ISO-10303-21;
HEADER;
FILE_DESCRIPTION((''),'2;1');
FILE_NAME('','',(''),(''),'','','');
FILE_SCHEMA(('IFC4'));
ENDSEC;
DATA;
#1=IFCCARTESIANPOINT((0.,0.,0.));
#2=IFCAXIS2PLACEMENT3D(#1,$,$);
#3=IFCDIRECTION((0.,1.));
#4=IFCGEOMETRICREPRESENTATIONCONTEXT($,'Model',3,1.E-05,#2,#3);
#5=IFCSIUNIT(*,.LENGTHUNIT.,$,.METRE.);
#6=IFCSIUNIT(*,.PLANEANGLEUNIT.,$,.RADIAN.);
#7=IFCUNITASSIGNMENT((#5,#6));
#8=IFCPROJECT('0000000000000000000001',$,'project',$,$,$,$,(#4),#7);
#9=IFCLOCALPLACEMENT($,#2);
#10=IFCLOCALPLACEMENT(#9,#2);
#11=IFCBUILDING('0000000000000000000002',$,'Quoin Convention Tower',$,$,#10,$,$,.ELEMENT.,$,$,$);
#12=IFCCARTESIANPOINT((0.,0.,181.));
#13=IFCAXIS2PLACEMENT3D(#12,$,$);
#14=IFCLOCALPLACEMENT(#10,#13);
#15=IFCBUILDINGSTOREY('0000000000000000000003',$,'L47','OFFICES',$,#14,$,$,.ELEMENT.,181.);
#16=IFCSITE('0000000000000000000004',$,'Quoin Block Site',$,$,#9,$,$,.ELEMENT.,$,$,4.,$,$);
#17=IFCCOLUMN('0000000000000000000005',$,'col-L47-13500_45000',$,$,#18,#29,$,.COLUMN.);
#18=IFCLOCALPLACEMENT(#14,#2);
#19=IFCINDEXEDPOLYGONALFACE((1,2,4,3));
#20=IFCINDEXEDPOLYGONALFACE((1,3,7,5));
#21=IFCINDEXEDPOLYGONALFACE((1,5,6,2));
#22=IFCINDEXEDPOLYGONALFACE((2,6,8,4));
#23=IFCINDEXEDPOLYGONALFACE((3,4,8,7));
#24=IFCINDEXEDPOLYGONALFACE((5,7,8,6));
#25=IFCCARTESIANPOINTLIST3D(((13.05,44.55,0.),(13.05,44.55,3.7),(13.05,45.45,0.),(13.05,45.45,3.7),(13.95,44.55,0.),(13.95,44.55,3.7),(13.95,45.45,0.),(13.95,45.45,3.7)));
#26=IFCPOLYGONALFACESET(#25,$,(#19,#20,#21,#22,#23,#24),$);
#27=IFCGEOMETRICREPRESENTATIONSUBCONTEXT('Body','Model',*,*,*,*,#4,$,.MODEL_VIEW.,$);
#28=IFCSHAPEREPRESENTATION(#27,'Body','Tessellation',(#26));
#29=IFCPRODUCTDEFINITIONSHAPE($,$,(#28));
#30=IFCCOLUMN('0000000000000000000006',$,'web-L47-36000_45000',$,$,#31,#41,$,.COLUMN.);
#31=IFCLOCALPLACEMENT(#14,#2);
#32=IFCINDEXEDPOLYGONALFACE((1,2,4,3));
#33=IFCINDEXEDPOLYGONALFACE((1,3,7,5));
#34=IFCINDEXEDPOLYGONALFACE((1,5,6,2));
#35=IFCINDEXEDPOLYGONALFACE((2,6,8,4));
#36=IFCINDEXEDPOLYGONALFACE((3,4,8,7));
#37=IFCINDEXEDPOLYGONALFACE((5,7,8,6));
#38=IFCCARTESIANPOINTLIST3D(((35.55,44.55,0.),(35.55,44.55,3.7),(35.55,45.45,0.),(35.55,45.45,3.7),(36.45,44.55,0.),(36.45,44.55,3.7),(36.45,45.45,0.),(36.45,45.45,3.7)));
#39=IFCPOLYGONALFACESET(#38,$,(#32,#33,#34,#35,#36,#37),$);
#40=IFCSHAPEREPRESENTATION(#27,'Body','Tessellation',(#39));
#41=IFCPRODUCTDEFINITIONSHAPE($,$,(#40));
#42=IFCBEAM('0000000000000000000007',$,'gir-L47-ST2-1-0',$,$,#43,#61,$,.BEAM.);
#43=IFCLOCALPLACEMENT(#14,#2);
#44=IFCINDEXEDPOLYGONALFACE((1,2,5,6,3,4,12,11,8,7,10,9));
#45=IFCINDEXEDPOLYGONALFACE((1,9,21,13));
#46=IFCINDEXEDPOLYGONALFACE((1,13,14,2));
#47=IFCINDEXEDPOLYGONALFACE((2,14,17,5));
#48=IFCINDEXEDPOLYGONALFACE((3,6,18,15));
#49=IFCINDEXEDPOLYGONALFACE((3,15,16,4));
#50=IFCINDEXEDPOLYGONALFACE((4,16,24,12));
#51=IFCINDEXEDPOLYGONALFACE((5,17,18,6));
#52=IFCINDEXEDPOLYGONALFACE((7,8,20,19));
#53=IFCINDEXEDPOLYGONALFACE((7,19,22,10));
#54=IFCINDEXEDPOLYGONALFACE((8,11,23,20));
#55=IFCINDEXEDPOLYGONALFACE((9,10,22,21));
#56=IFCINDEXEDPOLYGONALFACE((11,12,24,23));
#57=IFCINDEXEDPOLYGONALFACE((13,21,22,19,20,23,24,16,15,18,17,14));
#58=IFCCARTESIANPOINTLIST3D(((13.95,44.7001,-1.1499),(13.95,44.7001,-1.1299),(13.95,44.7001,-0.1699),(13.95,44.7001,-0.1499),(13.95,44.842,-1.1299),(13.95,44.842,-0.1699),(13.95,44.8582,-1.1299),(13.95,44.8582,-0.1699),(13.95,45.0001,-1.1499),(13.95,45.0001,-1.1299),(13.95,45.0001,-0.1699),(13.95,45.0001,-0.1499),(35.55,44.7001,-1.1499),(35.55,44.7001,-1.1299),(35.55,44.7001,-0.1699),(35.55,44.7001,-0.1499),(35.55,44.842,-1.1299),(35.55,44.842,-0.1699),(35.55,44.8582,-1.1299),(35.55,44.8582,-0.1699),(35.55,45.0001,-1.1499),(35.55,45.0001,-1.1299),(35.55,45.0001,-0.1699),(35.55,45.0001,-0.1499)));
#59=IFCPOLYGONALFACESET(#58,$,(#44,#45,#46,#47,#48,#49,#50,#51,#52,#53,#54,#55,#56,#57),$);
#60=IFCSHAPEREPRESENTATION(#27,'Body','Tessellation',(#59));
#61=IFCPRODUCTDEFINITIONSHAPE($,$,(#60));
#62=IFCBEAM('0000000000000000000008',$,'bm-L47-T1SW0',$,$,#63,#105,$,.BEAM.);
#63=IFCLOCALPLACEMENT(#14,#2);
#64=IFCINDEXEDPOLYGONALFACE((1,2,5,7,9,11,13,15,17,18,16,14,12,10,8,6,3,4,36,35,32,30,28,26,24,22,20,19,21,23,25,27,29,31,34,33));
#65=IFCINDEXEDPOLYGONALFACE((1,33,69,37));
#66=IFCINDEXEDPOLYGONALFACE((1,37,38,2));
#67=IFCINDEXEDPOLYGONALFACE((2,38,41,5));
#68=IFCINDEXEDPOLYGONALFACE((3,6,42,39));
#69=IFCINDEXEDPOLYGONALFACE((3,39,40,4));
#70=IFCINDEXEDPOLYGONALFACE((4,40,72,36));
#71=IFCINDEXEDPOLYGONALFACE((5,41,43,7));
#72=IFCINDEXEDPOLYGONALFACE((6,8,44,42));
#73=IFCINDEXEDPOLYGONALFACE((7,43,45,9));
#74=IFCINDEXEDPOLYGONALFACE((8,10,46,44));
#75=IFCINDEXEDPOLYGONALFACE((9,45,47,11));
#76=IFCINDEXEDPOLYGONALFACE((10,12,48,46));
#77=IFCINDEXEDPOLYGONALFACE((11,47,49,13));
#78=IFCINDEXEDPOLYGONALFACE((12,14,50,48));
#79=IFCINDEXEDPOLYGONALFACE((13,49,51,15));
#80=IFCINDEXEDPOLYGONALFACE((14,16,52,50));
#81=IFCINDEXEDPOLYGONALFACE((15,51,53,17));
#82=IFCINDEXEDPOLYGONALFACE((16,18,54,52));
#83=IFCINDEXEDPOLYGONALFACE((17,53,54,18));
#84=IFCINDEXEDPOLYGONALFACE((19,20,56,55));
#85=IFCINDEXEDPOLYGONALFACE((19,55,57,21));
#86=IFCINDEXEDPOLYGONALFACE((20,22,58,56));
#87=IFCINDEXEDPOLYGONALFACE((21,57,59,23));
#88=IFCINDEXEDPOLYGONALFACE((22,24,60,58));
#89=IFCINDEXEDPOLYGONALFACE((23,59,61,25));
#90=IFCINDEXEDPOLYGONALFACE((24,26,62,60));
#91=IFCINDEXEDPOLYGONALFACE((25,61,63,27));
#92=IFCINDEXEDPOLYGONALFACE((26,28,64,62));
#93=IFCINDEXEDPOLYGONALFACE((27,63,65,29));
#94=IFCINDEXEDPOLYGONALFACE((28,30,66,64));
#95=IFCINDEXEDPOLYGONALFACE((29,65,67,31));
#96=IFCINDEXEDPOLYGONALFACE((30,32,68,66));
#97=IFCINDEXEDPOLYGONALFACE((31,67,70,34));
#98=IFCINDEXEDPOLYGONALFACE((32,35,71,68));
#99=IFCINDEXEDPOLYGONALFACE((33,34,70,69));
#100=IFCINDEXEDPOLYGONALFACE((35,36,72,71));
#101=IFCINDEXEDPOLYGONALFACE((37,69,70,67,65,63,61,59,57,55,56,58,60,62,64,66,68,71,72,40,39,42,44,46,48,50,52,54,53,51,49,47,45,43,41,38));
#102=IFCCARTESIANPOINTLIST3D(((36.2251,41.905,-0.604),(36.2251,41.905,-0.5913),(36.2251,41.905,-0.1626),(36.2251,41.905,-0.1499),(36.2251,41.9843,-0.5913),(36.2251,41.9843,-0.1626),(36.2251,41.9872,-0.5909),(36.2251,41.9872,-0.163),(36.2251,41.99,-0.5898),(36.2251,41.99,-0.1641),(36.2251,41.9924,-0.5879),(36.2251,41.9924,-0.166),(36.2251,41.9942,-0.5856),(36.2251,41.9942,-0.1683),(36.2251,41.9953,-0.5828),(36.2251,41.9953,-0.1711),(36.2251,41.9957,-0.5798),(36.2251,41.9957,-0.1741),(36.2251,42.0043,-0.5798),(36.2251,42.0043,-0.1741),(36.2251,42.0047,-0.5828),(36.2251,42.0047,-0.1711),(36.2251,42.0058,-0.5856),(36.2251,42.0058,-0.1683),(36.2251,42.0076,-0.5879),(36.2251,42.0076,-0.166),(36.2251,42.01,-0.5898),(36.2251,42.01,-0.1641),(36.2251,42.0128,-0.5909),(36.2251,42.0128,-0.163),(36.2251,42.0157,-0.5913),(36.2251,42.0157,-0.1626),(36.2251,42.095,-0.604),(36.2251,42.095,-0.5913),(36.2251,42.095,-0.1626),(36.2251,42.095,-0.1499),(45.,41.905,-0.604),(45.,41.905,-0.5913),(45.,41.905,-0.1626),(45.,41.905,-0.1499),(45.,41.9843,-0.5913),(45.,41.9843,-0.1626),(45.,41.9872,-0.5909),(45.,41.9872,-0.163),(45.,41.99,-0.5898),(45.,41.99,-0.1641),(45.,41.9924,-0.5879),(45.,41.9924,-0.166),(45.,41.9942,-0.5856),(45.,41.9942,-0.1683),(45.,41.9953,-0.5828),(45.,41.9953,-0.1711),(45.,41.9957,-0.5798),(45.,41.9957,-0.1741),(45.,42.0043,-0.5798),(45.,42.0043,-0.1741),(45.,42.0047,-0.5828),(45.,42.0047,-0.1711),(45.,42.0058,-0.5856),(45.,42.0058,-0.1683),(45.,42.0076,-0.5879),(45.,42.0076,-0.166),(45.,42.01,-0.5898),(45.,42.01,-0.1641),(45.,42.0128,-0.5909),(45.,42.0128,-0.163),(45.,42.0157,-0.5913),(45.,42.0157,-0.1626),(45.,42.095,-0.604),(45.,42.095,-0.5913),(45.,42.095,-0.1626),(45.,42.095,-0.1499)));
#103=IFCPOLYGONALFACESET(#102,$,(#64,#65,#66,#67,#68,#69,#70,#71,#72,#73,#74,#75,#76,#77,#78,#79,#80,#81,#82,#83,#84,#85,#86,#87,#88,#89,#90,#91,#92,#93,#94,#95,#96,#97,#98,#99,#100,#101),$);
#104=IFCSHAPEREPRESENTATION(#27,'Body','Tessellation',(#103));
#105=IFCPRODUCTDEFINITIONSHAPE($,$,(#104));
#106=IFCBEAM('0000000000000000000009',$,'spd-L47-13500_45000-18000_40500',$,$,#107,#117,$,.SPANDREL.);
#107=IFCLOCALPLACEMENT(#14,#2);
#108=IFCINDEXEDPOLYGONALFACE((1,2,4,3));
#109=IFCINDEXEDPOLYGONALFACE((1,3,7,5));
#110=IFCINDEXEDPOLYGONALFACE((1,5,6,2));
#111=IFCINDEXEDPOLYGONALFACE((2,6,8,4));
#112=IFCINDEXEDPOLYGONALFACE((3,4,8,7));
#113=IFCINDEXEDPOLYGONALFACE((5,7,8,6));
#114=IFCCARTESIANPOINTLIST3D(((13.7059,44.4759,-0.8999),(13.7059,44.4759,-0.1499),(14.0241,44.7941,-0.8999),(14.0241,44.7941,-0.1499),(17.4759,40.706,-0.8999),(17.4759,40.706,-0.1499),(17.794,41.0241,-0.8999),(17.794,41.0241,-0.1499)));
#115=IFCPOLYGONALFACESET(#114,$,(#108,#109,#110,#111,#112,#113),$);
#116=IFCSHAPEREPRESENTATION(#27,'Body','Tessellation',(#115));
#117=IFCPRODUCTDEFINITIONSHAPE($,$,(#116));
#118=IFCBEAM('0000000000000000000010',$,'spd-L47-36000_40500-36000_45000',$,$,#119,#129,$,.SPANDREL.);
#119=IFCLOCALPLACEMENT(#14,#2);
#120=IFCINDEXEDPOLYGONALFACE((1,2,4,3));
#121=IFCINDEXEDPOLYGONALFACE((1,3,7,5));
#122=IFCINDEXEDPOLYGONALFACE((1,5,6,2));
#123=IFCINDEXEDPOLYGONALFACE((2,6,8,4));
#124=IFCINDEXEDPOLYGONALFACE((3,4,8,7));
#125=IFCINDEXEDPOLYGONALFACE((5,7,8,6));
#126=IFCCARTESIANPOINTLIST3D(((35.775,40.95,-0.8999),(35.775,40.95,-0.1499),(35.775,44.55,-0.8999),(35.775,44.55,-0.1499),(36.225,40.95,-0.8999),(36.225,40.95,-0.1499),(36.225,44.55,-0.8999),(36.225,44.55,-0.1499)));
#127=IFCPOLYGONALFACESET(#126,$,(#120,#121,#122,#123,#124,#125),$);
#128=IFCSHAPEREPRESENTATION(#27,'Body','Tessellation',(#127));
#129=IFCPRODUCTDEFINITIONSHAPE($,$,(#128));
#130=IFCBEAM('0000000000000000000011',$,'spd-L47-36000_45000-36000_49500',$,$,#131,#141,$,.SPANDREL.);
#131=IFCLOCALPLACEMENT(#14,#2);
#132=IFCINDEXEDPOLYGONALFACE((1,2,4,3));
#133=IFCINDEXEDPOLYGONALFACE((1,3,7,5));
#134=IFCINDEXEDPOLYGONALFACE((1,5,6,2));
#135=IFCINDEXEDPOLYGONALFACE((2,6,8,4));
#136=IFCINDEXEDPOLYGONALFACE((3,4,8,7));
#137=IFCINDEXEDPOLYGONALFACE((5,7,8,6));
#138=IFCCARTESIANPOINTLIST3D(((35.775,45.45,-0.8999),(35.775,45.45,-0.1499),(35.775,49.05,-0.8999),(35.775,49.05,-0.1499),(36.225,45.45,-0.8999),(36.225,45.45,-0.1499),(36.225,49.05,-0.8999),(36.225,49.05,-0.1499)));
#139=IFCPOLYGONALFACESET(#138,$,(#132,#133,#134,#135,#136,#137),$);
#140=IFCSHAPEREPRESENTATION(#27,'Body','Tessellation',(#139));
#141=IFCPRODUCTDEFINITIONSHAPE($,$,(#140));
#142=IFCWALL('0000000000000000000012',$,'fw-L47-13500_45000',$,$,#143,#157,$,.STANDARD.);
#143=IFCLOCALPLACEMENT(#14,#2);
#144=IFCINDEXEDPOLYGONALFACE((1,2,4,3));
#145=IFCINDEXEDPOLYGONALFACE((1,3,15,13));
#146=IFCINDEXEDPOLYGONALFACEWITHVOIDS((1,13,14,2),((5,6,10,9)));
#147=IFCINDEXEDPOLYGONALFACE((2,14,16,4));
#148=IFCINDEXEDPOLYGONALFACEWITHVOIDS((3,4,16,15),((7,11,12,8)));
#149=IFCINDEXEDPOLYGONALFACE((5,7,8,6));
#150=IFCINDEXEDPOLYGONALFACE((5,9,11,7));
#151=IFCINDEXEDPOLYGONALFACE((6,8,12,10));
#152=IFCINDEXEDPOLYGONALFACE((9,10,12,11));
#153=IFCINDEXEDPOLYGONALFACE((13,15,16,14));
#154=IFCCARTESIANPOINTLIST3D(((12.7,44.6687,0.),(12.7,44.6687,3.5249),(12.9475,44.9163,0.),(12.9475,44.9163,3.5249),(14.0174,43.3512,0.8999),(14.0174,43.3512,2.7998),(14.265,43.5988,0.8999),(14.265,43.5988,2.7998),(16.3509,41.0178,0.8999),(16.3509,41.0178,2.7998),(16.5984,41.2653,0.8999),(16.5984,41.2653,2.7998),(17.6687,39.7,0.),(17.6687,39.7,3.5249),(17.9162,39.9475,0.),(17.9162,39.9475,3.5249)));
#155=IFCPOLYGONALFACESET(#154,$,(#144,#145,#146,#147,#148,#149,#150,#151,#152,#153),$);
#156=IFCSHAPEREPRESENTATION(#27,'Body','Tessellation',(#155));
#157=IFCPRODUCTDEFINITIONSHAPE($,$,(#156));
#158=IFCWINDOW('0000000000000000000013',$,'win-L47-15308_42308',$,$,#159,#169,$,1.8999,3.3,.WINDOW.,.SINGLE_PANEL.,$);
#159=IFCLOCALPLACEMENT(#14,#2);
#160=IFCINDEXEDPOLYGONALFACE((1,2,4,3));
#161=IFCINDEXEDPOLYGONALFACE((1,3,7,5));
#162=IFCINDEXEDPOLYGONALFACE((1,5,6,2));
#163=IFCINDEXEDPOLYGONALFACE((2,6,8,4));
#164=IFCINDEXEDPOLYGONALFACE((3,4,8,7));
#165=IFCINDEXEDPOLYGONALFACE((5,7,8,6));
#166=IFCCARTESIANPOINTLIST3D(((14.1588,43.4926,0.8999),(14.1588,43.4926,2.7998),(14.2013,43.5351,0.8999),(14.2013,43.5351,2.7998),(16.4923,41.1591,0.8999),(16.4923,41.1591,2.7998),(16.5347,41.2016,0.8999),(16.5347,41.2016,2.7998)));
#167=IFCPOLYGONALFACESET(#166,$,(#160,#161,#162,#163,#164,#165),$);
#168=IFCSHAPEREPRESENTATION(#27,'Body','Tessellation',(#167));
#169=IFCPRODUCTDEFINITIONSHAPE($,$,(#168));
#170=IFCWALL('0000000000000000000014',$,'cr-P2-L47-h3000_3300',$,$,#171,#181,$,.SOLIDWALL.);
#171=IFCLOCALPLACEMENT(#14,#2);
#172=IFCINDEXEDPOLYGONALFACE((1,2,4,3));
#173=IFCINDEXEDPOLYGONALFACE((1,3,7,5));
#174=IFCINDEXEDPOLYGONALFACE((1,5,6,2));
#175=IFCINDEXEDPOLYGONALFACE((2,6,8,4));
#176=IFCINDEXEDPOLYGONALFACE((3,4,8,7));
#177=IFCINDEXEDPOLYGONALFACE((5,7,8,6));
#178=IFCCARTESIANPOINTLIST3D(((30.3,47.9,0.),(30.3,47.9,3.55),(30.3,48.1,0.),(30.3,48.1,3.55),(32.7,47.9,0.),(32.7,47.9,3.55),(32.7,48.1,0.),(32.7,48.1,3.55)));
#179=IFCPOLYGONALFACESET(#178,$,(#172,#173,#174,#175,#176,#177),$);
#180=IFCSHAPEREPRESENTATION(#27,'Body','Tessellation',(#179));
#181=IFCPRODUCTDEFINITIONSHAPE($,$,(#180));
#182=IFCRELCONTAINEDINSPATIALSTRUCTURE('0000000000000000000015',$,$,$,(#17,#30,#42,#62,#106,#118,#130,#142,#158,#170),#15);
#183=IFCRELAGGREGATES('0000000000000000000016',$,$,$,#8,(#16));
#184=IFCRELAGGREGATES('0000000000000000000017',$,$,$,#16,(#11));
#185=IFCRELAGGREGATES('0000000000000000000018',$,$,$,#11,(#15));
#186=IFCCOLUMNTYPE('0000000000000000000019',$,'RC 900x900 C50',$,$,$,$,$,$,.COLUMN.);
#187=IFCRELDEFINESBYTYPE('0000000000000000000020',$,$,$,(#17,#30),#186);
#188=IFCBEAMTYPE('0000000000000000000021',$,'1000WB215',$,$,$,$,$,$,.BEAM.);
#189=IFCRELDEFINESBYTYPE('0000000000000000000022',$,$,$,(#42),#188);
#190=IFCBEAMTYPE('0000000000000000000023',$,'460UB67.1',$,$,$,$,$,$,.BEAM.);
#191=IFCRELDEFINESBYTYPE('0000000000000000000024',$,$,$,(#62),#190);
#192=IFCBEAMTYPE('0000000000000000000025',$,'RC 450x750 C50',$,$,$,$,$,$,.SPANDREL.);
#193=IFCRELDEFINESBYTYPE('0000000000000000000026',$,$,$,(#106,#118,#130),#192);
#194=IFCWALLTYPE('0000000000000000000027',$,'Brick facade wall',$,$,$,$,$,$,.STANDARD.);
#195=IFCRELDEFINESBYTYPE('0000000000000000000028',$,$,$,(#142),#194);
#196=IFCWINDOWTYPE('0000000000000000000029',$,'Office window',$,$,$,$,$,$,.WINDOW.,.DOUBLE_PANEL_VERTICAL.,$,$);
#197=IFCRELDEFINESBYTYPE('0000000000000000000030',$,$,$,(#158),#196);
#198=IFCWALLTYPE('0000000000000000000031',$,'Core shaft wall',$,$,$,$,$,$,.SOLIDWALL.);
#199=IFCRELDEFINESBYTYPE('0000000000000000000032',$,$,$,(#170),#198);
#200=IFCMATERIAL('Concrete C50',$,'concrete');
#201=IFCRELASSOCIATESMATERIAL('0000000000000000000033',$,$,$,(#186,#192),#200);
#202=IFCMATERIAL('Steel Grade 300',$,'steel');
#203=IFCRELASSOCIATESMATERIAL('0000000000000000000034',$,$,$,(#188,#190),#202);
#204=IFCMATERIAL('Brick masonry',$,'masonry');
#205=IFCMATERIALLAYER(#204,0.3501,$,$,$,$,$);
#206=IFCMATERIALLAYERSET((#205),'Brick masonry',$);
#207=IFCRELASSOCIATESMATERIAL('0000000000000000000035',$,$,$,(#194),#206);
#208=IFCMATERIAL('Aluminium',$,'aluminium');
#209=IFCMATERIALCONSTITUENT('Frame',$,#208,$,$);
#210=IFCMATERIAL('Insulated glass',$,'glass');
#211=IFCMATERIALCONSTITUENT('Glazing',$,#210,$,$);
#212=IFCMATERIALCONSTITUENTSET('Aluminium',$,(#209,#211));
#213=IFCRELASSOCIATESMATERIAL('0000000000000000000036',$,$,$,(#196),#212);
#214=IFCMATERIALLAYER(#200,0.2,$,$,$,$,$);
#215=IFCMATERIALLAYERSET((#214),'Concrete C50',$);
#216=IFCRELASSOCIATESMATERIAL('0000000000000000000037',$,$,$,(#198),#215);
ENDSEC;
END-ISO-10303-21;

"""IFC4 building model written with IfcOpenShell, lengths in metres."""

from ifc_helpers import new_model, si_unit, direction, frame, frame_2d, origin, origin_2d, place, context, subcontext, project, spatial, rectangle, i_section, extrude, material, layer, layer_set, constituent, constituent_set, material_profile, profile_set, type_object, element, fill, save


model = new_model("IFC4")

# Units and contexts
model_context = context("Model", 3, precision=1e-05, world=origin(), true_north=direction((0.0, 1.0)))
body_context = subcontext(model_context, "Body", "Model", "MODEL_VIEW")
ifc_project = project(units=[si_unit("LENGTHUNIT", "METRE"), si_unit("PLANEANGLEUNIT", "RADIAN")], contexts=[model_context])

# Site, building, storey
site_placement = place(None, origin())
site = spatial("IfcSite", under=ifc_project, at=site_placement, Name="Quoin Block Site", CompositionType="ELEMENT", RefElevation=4.0)
building_placement = place(site_placement, origin())
building = spatial("IfcBuilding", under=site, at=building_placement, Name="Quoin Convention Tower", CompositionType="ELEMENT")
storey_placement = place(building_placement, frame((0.0, 0.0, 181.0)))
storey = spatial("IfcBuildingStorey", under=building, at=storey_placement, Name="L47", Description="OFFICES", CompositionType="ELEMENT", Elevation=181.0)

# Columns
ifc_material_1 = material(Name="Concrete C50", Category="concrete")
ifc_material_profile_1 = material_profile(ifc_material_1, rectangle(XDim=0.8999, YDim=0.8999, at=origin_2d()), Name="RC 900x900")
ifc_profile_set_1 = profile_set([ifc_material_profile_1], Name="Concrete C50")
column_type = type_object("IfcColumnType", Name="RC 900x900 C50", PredefinedType="COLUMN", material=ifc_profile_set_1)
for number, where, z_axis, x_axis, name in (
    (1, (13.5, 45.0, 0.0), (0.0, 0.0, 1.0), (1.0, 0.0, 0.0), "col-L47-13500_45000"),
    (2, (36.0, 45.0, 0.0), (0.0, 0.0, 1.0), (1.0, 0.0, 0.0), "web-L47-36000_45000"),
):
    element("IfcColumn", number, at=place(storey_placement, frame(where, z_axis=z_axis, x_axis=x_axis)), inside=storey, type_object=column_type, Name=name, PredefinedType="COLUMN", context=body_context, shape_type="SweptSolid", body=[
        extrude(rectangle(XDim=0.8999, YDim=0.8999, at=origin_2d()), origin(), (0.0, 0.0, 1.0), 3.7),
    ])

# Beams
ifc_material_2 = material(Name="Steel Grade 300", Category="steel")
ifc_material_profile_2 = material_profile(ifc_material_2, i_section(OverallWidth=0.3, OverallDepth=1.0, WebThickness=0.0161, FlangeThickness=0.02, at=origin_2d()), Name="1000WB215")
ifc_profile_set_2 = profile_set([ifc_material_profile_2], Name="Steel Grade 300")
beam_type_1 = type_object("IfcBeamType", Name="1000WB215", PredefinedType="BEAM", material=ifc_profile_set_2)
beam_1_placement = place(storey_placement, frame((13.95, 44.8501, -0.6499), z_axis=(1.0, 0.0, 0.0), x_axis=(0.0, 1.0, 0.0)))
element("IfcBeam", 3, at=beam_1_placement, inside=storey, type_object=beam_type_1, Name="gir-L47-ST2-1-0", PredefinedType="BEAM", context=body_context, shape_type="SweptSolid", body=[
    extrude(i_section(OverallWidth=0.3, OverallDepth=1.0, WebThickness=0.0161, FlangeThickness=0.02, at=origin_2d()), origin(), (0.0, 0.0, 1.0), 21.6001),
])
ifc_material_profile_3 = material_profile(ifc_material_2, i_section(OverallWidth=0.1899, OverallDepth=0.4541, WebThickness=0.0085, FlangeThickness=0.0127, FilletRadius=0.0115, at=origin_2d()), Name="460UB67.1")
ifc_profile_set_3 = profile_set([ifc_material_profile_3], Name="Steel Grade 300")
beam_type_2 = type_object("IfcBeamType", Name="460UB67.1", PredefinedType="BEAM", material=ifc_profile_set_3)
beam_2_placement = place(storey_placement, frame((36.2251, 42.0, -0.377), z_axis=(1.0, 0.0, 0.0), x_axis=(0.0, 1.0, 0.0)))
element("IfcBeam", 4, at=beam_2_placement, inside=storey, type_object=beam_type_2, Name="bm-L47-T1SW0", PredefinedType="BEAM", context=body_context, shape_type="SweptSolid", body=[
    extrude(i_section(OverallWidth=0.1899, OverallDepth=0.4541, WebThickness=0.0085, FlangeThickness=0.0127, FilletRadius=0.0115, at=origin_2d()), origin(), (0.0, 0.0, 1.0), 8.7749),
])
ifc_material_profile_4 = material_profile(ifc_material_1, rectangle(XDim=0.45, YDim=0.75, at=origin_2d()), Name="RC 450x750")
ifc_profile_set_4 = profile_set([ifc_material_profile_4], Name="Concrete C50")
beam_type_3 = type_object("IfcBeamType", Name="RC 450x750 C50", PredefinedType="SPANDREL", material=ifc_profile_set_4)
beam_3_placement = place(storey_placement, frame((13.865, 44.635, -0.5249), z_axis=(0.707107, -0.707107, 0.0), x_axis=(0.707107, 0.707107, 0.0)))
element("IfcBeam", 5, at=beam_3_placement, inside=storey, type_object=beam_type_3, Name="spd-L47-13500_45000-18000_40500", PredefinedType="SPANDREL", context=body_context, shape_type="SweptSolid", body=[
    extrude(rectangle(XDim=0.45, YDim=0.75, at=origin_2d()), origin(), (0.0, 0.0, 1.0), 5.3315),
])
for number, where, z_axis, x_axis, name in (
    (6, (36.0, 40.95, -0.5249), (0.0, 1.0, 0.0), (-1.0, 0.0, 0.0), "spd-L47-36000_40500-36000_45000"),
    (7, (36.0, 45.45, -0.5249), (0.0, 1.0, 0.0), (-1.0, 0.0, 0.0), "spd-L47-36000_45000-36000_49500"),
):
    element("IfcBeam", number, at=place(storey_placement, frame(where, z_axis=z_axis, x_axis=x_axis)), inside=storey, type_object=beam_type_3, Name=name, PredefinedType="SPANDREL", context=body_context, shape_type="SweptSolid", body=[
        extrude(rectangle(XDim=0.45, YDim=0.75, at=origin_2d()), origin(), (0.0, 0.0, 1.0), 3.6001),
    ])

# Wall, opening, window
ifc_material_3 = material(Name="Brick masonry", Category="masonry")
ifc_layer_1 = layer(ifc_material_3, 0.3501)
ifc_layer_set_1 = layer_set([ifc_layer_1], Name="Brick masonry")
wall_type_1 = type_object("IfcWallType", Name="Brick facade wall", PredefinedType="STANDARD", material=ifc_layer_set_1)
wall_1_placement = place(storey_placement, frame((12.8237, 44.7925, 0.0), z_axis=(0.0, 0.0, 1.0), x_axis=(0.707107, -0.707107, 0.0)))
wall_1 = element("IfcWall", 8, at=wall_1_placement, inside=storey, type_object=wall_type_1, Name="fw-L47-13500_45000", PredefinedType="STANDARD", context=body_context, shape_type="SweptSolid", body=[
    extrude(rectangle(XDim=7.0269, YDim=0.3501, at=frame_2d((3.5134, 0.0))), origin(), (0.0, 0.0, 1.0), 3.5249),
])
opening_1_placement = place(wall_1_placement, frame((1.8633, 0.0, 0.8999)))
opening_1 = element("IfcOpeningElement", 9, at=opening_1_placement, cuts=wall_1, PredefinedType="OPENING", context=body_context, shape_type="SweptSolid", body=[
    extrude(rectangle(XDim=3.3, YDim=1.8999, at=frame_2d((1.6499, 0.95))), frame((0.0, 0.1851, 0.0), z_axis=(0.0, -1.0, 0.0), x_axis=(1.0, 0.0, 0.0)), (0.0, 0.0, 1.0), 0.3701),
])
ifc_material_4 = material(Name="Aluminium", Category="aluminium")
ifc_constituent_1 = constituent(ifc_material_4, Name="Frame")
ifc_material_5 = material(Name="Insulated glass", Category="glass")
ifc_constituent_2 = constituent(ifc_material_5, Name="Glazing")
ifc_constituent_set = constituent_set(constituents=[ifc_constituent_1, ifc_constituent_2], Name="Aluminium")
window_type = type_object("IfcWindowType", Name="Office window", PartitioningType="DOUBLE_PANEL_VERTICAL", PredefinedType="WINDOW", material=ifc_constituent_set)
window_placement = place(opening_1_placement, origin())
window = element("IfcWindow", 10, at=window_placement, inside=storey, type_object=window_type, Name="win-L47-15308_42308", OverallHeight=1.8999, OverallWidth=3.3, PartitioningType="SINGLE_PANEL", PredefinedType="WINDOW", context=body_context, shape_type="SweptSolid", body=[
    extrude(rectangle(XDim=3.3, YDim=1.8999, at=frame_2d((1.6499, 0.95))), frame((0.0, 0.085, 0.0), z_axis=(0.0, -1.0, 0.0), x_axis=(1.0, 0.0, 0.0)), (0.0, 0.0, 1.0), 0.0601),
])
fill(opening_1, window)

# Wall
ifc_layer_2 = layer(ifc_material_1, 0.2)
ifc_layer_set_2 = layer_set([ifc_layer_2], Name="Concrete C50")
wall_type_2 = type_object("IfcWallType", Name="Core shaft wall", PredefinedType="SOLIDWALL", material=ifc_layer_set_2)
wall_2_placement = place(storey_placement, frame((30.3, 48.0, 0.0), z_axis=(0.0, 0.0, 1.0), x_axis=(1.0, 0.0, 0.0)))
element("IfcWall", 11, at=wall_2_placement, inside=storey, type_object=wall_type_2, Name="cr-P2-L47-h3000_3300", PredefinedType="SOLIDWALL", context=body_context, shape_type="SweptSolid", body=[
    extrude(rectangle(XDim=2.3999, YDim=0.2, at=frame_2d((1.2, 0.0))), origin(), (0.0, 0.0, 1.0), 3.55),
])

save(model, "model.ifc")
